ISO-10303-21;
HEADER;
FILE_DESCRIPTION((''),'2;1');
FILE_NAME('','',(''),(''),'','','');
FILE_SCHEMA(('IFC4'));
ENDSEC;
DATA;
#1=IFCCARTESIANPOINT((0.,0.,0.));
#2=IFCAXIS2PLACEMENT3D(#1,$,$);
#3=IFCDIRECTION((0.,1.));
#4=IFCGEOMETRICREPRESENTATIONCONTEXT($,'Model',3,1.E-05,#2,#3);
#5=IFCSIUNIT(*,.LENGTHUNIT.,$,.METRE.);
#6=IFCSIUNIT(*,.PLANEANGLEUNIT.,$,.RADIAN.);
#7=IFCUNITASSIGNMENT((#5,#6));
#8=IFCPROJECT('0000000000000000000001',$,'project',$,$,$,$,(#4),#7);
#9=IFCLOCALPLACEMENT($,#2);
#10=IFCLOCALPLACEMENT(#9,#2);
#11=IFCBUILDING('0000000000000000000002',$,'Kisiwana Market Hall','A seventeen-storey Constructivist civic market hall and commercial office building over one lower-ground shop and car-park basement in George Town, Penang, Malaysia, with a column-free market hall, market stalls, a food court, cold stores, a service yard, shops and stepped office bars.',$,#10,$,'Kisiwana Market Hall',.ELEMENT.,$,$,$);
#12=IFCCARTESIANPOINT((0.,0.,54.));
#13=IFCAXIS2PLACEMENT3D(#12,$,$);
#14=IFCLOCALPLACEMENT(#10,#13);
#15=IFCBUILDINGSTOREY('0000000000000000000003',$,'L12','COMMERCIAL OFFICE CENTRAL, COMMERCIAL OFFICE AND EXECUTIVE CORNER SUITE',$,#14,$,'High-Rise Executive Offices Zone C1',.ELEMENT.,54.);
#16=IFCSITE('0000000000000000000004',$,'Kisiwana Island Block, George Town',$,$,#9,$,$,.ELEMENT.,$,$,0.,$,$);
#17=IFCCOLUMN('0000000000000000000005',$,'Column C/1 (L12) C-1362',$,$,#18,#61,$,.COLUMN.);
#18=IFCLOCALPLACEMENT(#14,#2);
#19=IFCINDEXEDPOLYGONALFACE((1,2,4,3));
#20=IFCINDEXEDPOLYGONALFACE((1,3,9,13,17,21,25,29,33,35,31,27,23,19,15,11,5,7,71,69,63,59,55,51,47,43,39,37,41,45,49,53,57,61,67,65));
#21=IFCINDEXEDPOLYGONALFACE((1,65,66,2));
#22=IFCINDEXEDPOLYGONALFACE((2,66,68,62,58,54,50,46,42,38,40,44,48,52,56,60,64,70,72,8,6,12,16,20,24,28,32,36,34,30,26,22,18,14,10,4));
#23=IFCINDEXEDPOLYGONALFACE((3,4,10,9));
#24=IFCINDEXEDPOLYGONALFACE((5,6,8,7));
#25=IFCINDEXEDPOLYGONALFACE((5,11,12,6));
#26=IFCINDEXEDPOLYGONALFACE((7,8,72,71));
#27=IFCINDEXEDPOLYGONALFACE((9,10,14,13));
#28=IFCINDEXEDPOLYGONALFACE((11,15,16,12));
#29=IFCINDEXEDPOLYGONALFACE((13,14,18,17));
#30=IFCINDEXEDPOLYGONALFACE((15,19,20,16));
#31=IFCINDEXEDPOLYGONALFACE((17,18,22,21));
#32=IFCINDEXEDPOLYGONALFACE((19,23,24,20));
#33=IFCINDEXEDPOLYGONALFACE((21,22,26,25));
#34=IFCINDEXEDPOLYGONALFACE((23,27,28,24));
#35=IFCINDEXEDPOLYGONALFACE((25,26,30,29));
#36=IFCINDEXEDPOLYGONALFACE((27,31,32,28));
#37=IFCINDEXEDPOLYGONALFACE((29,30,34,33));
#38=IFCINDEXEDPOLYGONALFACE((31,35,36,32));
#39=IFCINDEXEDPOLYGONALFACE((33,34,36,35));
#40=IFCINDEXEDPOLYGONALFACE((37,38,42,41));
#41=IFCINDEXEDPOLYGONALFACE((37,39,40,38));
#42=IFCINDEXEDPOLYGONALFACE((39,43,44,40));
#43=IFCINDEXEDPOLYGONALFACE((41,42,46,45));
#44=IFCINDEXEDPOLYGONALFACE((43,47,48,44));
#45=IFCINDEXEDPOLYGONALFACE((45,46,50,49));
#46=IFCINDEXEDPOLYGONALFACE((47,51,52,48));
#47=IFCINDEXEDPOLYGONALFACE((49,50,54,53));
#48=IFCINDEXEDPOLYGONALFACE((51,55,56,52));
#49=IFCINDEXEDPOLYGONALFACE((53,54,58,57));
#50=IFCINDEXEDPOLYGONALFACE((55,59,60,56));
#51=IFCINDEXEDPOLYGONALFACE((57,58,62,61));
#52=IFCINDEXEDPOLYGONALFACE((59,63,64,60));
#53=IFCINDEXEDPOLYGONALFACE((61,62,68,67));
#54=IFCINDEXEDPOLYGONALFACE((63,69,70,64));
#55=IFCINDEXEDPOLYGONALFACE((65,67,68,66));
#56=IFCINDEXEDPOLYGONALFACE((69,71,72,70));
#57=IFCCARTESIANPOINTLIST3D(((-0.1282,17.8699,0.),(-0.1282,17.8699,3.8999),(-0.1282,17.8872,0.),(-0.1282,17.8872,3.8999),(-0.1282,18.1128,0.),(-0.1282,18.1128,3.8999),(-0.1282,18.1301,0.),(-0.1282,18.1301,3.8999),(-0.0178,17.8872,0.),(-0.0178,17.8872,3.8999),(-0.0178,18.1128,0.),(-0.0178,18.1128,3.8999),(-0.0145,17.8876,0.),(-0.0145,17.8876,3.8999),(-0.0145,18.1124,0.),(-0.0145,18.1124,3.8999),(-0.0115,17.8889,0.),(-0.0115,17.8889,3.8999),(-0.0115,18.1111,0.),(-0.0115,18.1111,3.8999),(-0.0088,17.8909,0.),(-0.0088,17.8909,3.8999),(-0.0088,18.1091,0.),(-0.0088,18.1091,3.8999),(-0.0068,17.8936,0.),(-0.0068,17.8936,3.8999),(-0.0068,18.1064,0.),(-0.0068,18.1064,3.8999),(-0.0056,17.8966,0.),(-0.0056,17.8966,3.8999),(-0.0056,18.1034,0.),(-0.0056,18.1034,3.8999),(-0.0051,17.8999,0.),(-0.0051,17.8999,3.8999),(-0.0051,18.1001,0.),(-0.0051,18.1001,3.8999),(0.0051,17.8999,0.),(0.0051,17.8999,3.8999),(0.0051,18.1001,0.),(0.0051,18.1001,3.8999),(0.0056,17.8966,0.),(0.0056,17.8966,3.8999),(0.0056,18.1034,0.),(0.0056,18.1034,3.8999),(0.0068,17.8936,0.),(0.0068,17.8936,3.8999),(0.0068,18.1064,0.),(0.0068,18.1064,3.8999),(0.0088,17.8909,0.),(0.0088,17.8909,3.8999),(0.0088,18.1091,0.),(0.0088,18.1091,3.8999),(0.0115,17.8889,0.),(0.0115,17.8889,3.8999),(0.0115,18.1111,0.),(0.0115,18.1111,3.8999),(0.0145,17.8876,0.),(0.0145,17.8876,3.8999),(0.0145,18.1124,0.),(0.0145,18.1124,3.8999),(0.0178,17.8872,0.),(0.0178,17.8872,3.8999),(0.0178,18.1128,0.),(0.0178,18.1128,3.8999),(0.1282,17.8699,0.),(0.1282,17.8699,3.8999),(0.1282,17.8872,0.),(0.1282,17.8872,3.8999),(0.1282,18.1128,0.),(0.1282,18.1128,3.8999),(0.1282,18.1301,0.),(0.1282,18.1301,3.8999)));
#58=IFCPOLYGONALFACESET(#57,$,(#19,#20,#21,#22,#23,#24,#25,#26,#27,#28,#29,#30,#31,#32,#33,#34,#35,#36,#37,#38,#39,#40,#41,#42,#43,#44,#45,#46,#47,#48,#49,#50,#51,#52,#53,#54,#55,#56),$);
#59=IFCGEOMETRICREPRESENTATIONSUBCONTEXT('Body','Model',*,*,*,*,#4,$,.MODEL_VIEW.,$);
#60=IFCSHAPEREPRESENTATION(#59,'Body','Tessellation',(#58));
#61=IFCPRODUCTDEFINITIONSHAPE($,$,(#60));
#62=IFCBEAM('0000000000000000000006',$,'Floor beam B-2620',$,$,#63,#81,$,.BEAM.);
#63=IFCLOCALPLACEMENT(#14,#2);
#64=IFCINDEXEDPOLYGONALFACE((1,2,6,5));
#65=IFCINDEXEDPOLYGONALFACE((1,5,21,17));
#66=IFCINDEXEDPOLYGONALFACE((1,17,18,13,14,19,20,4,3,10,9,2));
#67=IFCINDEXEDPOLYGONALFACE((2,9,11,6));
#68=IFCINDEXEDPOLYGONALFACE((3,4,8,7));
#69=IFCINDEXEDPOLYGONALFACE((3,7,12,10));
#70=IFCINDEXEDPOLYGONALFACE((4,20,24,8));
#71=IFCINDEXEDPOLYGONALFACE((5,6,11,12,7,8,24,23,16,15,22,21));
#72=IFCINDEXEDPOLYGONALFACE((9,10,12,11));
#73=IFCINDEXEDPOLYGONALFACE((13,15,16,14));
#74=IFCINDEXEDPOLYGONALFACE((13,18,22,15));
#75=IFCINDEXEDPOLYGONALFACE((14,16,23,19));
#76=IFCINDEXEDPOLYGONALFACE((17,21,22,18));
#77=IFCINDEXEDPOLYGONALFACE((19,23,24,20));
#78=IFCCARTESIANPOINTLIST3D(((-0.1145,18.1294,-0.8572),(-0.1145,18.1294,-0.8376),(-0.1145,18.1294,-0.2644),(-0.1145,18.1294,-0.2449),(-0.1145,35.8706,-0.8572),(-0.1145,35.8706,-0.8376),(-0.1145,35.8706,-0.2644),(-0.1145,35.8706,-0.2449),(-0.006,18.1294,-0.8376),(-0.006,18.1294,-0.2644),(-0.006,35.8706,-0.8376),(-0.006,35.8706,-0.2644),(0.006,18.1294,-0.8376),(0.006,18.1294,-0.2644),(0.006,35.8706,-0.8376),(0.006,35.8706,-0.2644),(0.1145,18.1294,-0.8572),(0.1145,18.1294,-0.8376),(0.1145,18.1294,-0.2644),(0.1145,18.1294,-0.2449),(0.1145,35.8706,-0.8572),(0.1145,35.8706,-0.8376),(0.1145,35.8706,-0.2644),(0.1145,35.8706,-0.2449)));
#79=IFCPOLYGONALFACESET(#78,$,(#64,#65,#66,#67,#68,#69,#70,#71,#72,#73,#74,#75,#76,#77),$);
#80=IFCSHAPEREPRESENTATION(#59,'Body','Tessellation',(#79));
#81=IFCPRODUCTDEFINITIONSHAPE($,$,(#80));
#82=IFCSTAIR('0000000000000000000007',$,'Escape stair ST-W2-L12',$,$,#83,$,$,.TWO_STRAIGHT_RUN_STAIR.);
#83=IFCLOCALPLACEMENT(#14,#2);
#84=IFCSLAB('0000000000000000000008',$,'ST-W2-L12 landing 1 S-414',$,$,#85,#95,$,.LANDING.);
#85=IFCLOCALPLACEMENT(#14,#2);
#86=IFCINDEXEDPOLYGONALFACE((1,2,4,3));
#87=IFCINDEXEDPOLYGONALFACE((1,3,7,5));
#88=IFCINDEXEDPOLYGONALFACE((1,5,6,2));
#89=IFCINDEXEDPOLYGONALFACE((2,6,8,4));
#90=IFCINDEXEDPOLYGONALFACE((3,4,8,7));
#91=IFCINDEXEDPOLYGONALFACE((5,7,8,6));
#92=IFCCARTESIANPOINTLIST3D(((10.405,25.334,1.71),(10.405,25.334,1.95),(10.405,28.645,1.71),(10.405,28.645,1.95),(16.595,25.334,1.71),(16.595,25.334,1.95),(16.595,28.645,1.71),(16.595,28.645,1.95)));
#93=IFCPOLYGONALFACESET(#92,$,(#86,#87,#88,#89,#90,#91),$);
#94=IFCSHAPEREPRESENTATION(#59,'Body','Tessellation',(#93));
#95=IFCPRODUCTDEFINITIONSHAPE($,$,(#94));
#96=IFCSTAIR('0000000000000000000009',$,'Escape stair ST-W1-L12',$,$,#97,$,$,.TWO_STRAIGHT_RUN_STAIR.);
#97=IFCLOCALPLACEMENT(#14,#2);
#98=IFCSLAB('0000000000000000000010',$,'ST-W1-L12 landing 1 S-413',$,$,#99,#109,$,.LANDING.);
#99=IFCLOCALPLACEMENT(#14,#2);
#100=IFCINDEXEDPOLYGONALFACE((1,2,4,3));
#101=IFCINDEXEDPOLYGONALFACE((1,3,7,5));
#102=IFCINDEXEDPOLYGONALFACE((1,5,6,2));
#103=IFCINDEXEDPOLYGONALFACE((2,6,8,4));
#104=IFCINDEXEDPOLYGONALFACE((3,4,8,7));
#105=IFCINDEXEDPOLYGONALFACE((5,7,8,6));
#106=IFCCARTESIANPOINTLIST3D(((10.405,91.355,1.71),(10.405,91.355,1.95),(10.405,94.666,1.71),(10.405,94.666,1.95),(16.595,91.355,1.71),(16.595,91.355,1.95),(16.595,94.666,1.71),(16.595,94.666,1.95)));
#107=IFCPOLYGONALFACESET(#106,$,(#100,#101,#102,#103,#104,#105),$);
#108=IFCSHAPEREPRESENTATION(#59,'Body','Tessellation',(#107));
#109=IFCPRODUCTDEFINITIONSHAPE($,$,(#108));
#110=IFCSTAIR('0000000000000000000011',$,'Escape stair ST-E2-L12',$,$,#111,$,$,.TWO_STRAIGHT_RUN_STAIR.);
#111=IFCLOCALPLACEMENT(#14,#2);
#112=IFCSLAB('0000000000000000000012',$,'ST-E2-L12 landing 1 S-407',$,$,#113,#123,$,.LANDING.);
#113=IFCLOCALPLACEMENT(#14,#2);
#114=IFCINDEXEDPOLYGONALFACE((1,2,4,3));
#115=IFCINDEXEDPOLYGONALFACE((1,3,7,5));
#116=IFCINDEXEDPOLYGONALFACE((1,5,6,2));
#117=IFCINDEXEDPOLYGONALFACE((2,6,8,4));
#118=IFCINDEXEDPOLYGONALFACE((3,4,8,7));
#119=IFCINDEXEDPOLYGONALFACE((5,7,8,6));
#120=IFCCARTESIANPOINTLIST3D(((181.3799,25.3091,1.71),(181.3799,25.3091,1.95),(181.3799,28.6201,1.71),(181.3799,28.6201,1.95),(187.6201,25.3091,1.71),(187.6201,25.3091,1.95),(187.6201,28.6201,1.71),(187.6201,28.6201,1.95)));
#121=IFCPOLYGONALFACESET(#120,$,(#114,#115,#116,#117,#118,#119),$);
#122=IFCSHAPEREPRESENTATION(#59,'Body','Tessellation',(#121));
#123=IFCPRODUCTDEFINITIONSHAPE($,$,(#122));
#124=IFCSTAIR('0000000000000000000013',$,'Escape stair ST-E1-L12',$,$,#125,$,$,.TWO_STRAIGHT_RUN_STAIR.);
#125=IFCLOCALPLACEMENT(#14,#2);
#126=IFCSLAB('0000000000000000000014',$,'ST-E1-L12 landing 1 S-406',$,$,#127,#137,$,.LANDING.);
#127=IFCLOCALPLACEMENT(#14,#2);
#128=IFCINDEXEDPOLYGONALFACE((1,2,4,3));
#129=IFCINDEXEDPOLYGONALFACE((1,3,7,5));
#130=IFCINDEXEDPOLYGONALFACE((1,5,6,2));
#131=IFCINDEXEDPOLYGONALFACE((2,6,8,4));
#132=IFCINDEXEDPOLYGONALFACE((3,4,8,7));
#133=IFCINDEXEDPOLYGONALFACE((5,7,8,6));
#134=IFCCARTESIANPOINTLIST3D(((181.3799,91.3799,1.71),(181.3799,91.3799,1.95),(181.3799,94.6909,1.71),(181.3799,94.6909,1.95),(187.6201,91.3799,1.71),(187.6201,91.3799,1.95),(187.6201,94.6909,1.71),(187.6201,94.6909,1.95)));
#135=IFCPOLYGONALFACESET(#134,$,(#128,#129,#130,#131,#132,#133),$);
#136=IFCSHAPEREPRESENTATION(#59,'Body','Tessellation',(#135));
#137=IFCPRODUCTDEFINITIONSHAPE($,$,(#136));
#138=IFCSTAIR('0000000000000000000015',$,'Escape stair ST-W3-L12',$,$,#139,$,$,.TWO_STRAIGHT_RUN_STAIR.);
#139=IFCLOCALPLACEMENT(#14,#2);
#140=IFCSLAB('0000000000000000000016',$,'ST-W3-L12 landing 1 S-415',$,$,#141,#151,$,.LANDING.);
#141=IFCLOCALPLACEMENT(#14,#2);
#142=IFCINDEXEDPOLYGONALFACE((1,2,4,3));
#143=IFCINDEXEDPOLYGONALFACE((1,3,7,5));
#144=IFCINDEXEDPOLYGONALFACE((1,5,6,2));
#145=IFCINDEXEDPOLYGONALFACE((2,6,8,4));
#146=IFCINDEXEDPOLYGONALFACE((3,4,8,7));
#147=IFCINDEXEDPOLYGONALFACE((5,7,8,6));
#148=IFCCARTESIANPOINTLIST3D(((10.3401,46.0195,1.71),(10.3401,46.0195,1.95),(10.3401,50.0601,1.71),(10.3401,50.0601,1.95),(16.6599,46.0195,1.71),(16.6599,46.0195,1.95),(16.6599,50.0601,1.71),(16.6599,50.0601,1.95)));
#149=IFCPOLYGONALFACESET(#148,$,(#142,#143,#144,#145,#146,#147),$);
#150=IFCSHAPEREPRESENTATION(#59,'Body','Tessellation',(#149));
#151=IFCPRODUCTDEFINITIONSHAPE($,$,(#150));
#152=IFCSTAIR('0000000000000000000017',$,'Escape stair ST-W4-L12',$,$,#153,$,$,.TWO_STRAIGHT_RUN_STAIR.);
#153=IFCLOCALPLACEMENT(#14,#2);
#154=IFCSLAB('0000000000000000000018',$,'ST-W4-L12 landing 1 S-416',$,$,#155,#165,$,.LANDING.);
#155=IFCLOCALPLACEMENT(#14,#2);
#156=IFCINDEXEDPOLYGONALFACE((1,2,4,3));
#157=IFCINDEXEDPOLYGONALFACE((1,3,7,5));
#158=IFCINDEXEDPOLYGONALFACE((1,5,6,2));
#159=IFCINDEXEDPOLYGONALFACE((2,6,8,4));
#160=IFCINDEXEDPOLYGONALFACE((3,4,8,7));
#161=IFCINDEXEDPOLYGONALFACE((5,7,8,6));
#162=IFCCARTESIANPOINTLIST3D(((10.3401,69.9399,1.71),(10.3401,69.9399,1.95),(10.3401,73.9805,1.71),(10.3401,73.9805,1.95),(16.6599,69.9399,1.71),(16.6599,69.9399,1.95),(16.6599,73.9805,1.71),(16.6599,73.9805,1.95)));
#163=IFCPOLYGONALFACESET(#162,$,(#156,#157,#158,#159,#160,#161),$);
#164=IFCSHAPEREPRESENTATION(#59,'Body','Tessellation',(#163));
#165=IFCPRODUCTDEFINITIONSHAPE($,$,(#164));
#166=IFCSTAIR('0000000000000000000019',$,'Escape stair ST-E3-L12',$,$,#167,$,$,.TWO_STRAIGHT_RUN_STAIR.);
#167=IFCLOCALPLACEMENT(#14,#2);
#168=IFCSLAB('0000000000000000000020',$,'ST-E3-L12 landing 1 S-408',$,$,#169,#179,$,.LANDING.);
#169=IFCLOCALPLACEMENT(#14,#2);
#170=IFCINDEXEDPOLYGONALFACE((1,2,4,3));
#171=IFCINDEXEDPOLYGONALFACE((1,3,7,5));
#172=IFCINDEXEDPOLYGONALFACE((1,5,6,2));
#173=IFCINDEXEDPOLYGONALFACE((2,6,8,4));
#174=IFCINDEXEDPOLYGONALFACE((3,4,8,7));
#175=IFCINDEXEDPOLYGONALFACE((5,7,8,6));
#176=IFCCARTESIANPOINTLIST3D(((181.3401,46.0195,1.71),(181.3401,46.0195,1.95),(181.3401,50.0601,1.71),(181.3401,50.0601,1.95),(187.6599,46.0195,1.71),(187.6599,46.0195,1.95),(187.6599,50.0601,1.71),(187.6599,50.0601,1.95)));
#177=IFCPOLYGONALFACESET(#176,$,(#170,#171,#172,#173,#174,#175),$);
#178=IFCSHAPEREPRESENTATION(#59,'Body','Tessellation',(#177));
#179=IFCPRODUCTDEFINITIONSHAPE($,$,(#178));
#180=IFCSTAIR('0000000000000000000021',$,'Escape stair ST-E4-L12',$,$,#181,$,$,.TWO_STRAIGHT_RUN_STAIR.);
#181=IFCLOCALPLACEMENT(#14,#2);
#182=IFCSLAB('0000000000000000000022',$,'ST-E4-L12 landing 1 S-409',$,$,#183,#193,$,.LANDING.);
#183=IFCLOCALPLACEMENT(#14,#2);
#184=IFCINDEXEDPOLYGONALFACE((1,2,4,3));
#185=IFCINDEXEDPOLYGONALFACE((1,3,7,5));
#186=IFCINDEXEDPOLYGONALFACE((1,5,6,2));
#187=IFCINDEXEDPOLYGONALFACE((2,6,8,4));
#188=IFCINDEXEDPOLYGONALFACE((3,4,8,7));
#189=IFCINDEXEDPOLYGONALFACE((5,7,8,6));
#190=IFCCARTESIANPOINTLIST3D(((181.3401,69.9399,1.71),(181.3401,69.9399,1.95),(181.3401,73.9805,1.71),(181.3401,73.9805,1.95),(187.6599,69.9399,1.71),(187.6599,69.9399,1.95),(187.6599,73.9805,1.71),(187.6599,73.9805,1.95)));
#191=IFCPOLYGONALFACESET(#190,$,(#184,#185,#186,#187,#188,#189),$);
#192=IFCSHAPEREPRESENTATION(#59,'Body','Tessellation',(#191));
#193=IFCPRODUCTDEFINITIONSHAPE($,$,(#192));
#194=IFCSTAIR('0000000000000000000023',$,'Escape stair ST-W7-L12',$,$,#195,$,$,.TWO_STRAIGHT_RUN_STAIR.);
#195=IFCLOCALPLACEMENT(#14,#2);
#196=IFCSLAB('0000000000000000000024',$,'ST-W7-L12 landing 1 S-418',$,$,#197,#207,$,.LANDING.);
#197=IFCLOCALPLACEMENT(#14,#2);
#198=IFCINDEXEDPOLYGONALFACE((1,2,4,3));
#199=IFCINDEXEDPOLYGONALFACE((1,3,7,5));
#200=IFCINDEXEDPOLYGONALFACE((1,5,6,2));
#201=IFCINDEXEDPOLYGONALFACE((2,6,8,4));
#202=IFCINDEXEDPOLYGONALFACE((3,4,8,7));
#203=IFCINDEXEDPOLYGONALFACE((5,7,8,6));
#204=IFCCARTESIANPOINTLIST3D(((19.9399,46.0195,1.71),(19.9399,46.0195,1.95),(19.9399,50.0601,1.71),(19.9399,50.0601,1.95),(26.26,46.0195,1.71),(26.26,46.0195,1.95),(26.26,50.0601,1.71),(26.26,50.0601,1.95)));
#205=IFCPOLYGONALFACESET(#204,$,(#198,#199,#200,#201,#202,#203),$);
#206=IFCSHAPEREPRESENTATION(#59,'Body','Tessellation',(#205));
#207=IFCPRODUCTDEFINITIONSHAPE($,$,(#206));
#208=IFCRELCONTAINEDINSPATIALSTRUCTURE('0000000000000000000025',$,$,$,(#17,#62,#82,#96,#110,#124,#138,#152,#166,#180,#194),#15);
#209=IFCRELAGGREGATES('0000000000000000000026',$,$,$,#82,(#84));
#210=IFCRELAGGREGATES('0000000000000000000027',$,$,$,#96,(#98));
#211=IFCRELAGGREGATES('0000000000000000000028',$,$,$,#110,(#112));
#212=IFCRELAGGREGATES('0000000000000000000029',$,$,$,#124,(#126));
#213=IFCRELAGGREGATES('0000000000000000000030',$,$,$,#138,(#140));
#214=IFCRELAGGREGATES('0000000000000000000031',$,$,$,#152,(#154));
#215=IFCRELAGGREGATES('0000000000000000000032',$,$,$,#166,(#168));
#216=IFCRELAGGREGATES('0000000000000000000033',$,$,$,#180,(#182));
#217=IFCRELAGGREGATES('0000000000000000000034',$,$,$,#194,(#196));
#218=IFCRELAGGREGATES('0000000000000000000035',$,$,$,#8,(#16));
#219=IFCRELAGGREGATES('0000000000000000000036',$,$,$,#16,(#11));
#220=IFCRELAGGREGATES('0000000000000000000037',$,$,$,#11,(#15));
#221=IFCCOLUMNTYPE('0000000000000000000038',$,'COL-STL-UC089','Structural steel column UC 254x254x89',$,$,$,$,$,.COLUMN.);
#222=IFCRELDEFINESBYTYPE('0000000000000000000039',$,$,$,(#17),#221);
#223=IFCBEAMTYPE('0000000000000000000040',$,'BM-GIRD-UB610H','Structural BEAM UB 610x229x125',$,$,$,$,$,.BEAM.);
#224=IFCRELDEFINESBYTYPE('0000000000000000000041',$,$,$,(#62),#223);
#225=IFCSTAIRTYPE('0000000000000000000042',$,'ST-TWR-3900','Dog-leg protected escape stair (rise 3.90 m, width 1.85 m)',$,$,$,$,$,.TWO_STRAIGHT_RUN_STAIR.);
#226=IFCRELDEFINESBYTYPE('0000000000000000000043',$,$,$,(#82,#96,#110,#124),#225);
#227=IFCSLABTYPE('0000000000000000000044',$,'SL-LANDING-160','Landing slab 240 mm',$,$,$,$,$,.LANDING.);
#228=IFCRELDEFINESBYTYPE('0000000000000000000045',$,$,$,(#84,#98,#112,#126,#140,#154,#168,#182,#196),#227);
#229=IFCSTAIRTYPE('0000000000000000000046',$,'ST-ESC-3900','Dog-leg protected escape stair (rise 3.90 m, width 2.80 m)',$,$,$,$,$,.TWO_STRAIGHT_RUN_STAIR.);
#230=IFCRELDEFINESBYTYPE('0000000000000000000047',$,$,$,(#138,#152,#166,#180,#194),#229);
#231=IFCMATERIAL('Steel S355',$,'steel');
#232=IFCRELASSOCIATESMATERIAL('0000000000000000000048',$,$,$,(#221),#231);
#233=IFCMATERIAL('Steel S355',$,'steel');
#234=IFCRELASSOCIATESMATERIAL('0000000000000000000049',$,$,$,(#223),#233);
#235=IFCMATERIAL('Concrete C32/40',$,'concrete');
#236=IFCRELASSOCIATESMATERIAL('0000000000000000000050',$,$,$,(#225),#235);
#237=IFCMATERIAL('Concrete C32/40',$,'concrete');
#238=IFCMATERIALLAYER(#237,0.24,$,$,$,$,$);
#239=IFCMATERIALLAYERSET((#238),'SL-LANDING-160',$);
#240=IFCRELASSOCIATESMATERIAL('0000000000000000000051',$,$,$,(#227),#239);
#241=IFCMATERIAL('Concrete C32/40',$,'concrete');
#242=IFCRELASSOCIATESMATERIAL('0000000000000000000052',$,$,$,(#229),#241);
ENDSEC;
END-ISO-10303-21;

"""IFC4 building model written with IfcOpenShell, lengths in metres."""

from ifc_helpers import new_model, si_unit, direction, frame, origin, origin_2d, place, context, subcontext, project, spatial, polyline, i_section, outline, extrude, material, layer, layer_set, material_profile, profile_set, type_object, element, aggregate, save


model = new_model("IFC4")

# Units and contexts
model_context = context("Model", 3, precision=1e-05, world=origin(), true_north=direction((0.0, 1.0)))
body_context = subcontext(model_context, "Body", "Model", "MODEL_VIEW")
ifc_project = project(units=[si_unit("LENGTHUNIT", "METRE"), si_unit("PLANEANGLEUNIT", "RADIAN")], contexts=[model_context])

# Site, building, storey
site_placement = place(None, origin())
site = spatial("IfcSite", under=ifc_project, at=site_placement, Name="Kisiwana Island Block, George Town", CompositionType="ELEMENT", RefElevation=0.0)
building_placement = place(site_placement, origin())
building = spatial("IfcBuilding", under=site, at=building_placement, Name="Kisiwana Market Hall", Description="A seventeen-storey Constructivist civic market hall and commercial office building over one lower-ground shop and car-park basement in George Town, Penang, Malaysia, with a column-free market hall, market stalls, a food court, cold stores, a service yard, shops and stepped office bars.", LongName="Kisiwana Market Hall", CompositionType="ELEMENT")
storey_placement = place(building_placement, frame((0.0, 0.0, 54.0)))
storey = spatial("IfcBuildingStorey", under=building, at=storey_placement, Name="L12", Description="COMMERCIAL OFFICE CENTRAL, COMMERCIAL OFFICE AND EXECUTIVE CORNER SUITE", LongName="High-Rise Executive Offices Zone C1", CompositionType="ELEMENT", Elevation=54.0)

# Column
ifc_material_1 = material(Name="Steel S355", Category="steel")
ifc_material_profile_1 = material_profile(ifc_material_1, i_section(OverallWidth=0.2563, OverallDepth=0.2603, WebThickness=0.0103, FlangeThickness=0.0173, FilletRadius=0.0127, at=origin_2d()), Name="UC 254x254x89")
ifc_profile_set_1 = profile_set([ifc_material_profile_1], Name="Steel S355")
column_type = type_object("IfcColumnType", Name="COL-STL-UC089", Description="Structural steel column UC 254x254x89", PredefinedType="COLUMN", material=ifc_profile_set_1)
column_placement = place(storey_placement, frame((0.0, 18.0, 0.0), z_axis=(0.0, 0.0, 1.0), x_axis=(1.0, 0.0, 0.0)))
element("IfcColumn", 1, at=column_placement, inside=storey, type_object=column_type, Name="Column C/1 (L12) C-1362", PredefinedType="COLUMN", context=body_context, shape_type="SweptSolid", body=[
    extrude(i_section(OverallWidth=0.2563, OverallDepth=0.2603, WebThickness=0.0103, FlangeThickness=0.0173, FilletRadius=0.0127, at=origin_2d()), origin(), (0.0, 0.0, 1.0), 3.8999),
])

# Beam
ifc_material_2 = material(Name="Steel S355", Category="steel")
ifc_material_profile_2 = material_profile(ifc_material_2, i_section(OverallWidth=0.229, OverallDepth=0.6123, WebThickness=0.012, FlangeThickness=0.0195, at=origin_2d()), Name="UB 610x229x125")
ifc_profile_set_2 = profile_set([ifc_material_profile_2], Name="Steel S355")
beam_type = type_object("IfcBeamType", Name="BM-GIRD-UB610H", Description="Structural BEAM UB 610x229x125", PredefinedType="BEAM", material=ifc_profile_set_2)
beam_placement = place(storey_placement, frame((0.0, 18.1294, -0.551), z_axis=(0.0, 1.0, 0.0), x_axis=(-1.0, 0.0, 0.0)))
element("IfcBeam", 2, at=beam_placement, inside=storey, type_object=beam_type, Name="Floor beam B-2620", PredefinedType="BEAM", context=body_context, shape_type="SweptSolid", body=[
    extrude(i_section(OverallWidth=0.229, OverallDepth=0.6123, WebThickness=0.012, FlangeThickness=0.0195, at=origin_2d()), origin(), (0.0, 0.0, 1.0), 17.7412),
])

# Stairs, slabs
ifc_material_3 = material(Name="Concrete C32/40", Category="concrete")
stair_type_1 = type_object("IfcStairType", Name="ST-TWR-3900", Description="Dog-leg protected escape stair (rise 3.90 m, width 1.85 m)", PredefinedType="TWO_STRAIGHT_RUN_STAIR", material=ifc_material_3)
stair_1_placement = place(storey_placement, origin())
stair_1 = element("IfcStair", 3, at=stair_1_placement, inside=storey, type_object=stair_type_1, Name="Escape stair ST-W2-L12", PredefinedType="TWO_STRAIGHT_RUN_STAIR")
ifc_material_4 = material(Name="Concrete C32/40", Category="concrete")
ifc_layer_1 = layer(ifc_material_4, 0.24)
ifc_layer_set_1 = layer_set([ifc_layer_1], Name="SL-LANDING-160")
slab_type_1 = type_object("IfcSlabType", Name="SL-LANDING-160", Description="Landing slab 240 mm", PredefinedType="LANDING", material=ifc_layer_set_1)
slab_1_placement = place(storey_placement, frame((0.0, 0.0, 1.71)))
slab_1 = element("IfcSlab", 4, at=slab_1_placement, type_object=slab_type_1, Name="ST-W2-L12 landing 1 S-414", PredefinedType="LANDING", context=body_context, shape_type="SweptSolid", body=[
    extrude(outline(polyline([(10.405, 25.334), (16.595, 25.334), (16.595, 28.645), (10.405, 28.645), (10.405, 25.334)])), origin(), (0.0, 0.0, 1.0), 0.24),
])
aggregate(stair_1, [slab_1])
stair_2_placement = place(storey_placement, origin())
stair_2 = element("IfcStair", 5, at=stair_2_placement, inside=storey, type_object=stair_type_1, Name="Escape stair ST-W1-L12", PredefinedType="TWO_STRAIGHT_RUN_STAIR")
slab_2_placement = place(storey_placement, frame((0.0, 0.0, 1.71)))
slab_2 = element("IfcSlab", 6, at=slab_2_placement, type_object=slab_type_1, Name="ST-W1-L12 landing 1 S-413", PredefinedType="LANDING", context=body_context, shape_type="SweptSolid", body=[
    extrude(outline(polyline([(10.405, 91.355), (16.595, 91.355), (16.595, 94.666), (10.405, 94.666), (10.405, 91.355)])), origin(), (0.0, 0.0, 1.0), 0.24),
])
aggregate(stair_2, [slab_2])
stair_3_placement = place(storey_placement, origin())
stair_3 = element("IfcStair", 7, at=stair_3_placement, inside=storey, type_object=stair_type_1, Name="Escape stair ST-E2-L12", PredefinedType="TWO_STRAIGHT_RUN_STAIR")
slab_3_placement = place(storey_placement, frame((0.0, 0.0, 1.71)))
slab_3 = element("IfcSlab", 8, at=slab_3_placement, type_object=slab_type_1, Name="ST-E2-L12 landing 1 S-407", PredefinedType="LANDING", context=body_context, shape_type="SweptSolid", body=[
    extrude(outline(polyline([(181.3799, 25.3091), (187.6201, 25.3091), (187.6201, 28.6201), (181.3799, 28.6201), (181.3799, 25.3091)])), origin(), (0.0, 0.0, 1.0), 0.24),
])
aggregate(stair_3, [slab_3])
stair_4_placement = place(storey_placement, origin())
stair_4 = element("IfcStair", 9, at=stair_4_placement, inside=storey, type_object=stair_type_1, Name="Escape stair ST-E1-L12", PredefinedType="TWO_STRAIGHT_RUN_STAIR")
slab_4_placement = place(storey_placement, frame((0.0, 0.0, 1.71)))
slab_4 = element("IfcSlab", 10, at=slab_4_placement, type_object=slab_type_1, Name="ST-E1-L12 landing 1 S-406", PredefinedType="LANDING", context=body_context, shape_type="SweptSolid", body=[
    extrude(outline(polyline([(181.3799, 91.3799), (187.6201, 91.3799), (187.6201, 94.6909), (181.3799, 94.6909), (181.3799, 91.3799)])), origin(), (0.0, 0.0, 1.0), 0.24),
])
aggregate(stair_4, [slab_4])
ifc_material_5 = material(Name="Concrete C32/40", Category="concrete")
stair_type_2 = type_object("IfcStairType", Name="ST-ESC-3900", Description="Dog-leg protected escape stair (rise 3.90 m, width 2.80 m)", PredefinedType="TWO_STRAIGHT_RUN_STAIR", material=ifc_material_5)
stair_5_placement = place(storey_placement, origin())
stair_5 = element("IfcStair", 11, at=stair_5_placement, inside=storey, type_object=stair_type_2, Name="Escape stair ST-W3-L12", PredefinedType="TWO_STRAIGHT_RUN_STAIR")
slab_5_placement = place(storey_placement, frame((0.0, 0.0, 1.71)))
slab_5 = element("IfcSlab", 12, at=slab_5_placement, type_object=slab_type_1, Name="ST-W3-L12 landing 1 S-415", PredefinedType="LANDING", context=body_context, shape_type="SweptSolid", body=[
    extrude(outline(polyline([(10.3401, 46.0195), (16.6599, 46.0195), (16.6599, 50.0601), (10.3401, 50.0601), (10.3401, 46.0195)])), origin(), (0.0, 0.0, 1.0), 0.24),
])
aggregate(stair_5, [slab_5])
stair_6_placement = place(storey_placement, origin())
stair_6 = element("IfcStair", 13, at=stair_6_placement, inside=storey, type_object=stair_type_2, Name="Escape stair ST-W4-L12", PredefinedType="TWO_STRAIGHT_RUN_STAIR")
slab_6_placement = place(storey_placement, frame((0.0, 0.0, 1.71)))
slab_6 = element("IfcSlab", 14, at=slab_6_placement, type_object=slab_type_1, Name="ST-W4-L12 landing 1 S-416", PredefinedType="LANDING", context=body_context, shape_type="SweptSolid", body=[
    extrude(outline(polyline([(10.3401, 69.9399), (16.6599, 69.9399), (16.6599, 73.9805), (10.3401, 73.9805), (10.3401, 69.9399)])), origin(), (0.0, 0.0, 1.0), 0.24),
])
aggregate(stair_6, [slab_6])
stair_7_placement = place(storey_placement, origin())
stair_7 = element("IfcStair", 15, at=stair_7_placement, inside=storey, type_object=stair_type_2, Name="Escape stair ST-E3-L12", PredefinedType="TWO_STRAIGHT_RUN_STAIR")
slab_7_placement = place(storey_placement, frame((0.0, 0.0, 1.71)))
slab_7 = element("IfcSlab", 16, at=slab_7_placement, type_object=slab_type_1, Name="ST-E3-L12 landing 1 S-408", PredefinedType="LANDING", context=body_context, shape_type="SweptSolid", body=[
    extrude(outline(polyline([(181.3401, 46.0195), (187.6599, 46.0195), (187.6599, 50.0601), (181.3401, 50.0601), (181.3401, 46.0195)])), origin(), (0.0, 0.0, 1.0), 0.24),
])
aggregate(stair_7, [slab_7])
stair_8_placement = place(storey_placement, origin())
stair_8 = element("IfcStair", 17, at=stair_8_placement, inside=storey, type_object=stair_type_2, Name="Escape stair ST-E4-L12", PredefinedType="TWO_STRAIGHT_RUN_STAIR")
slab_8_placement = place(storey_placement, frame((0.0, 0.0, 1.71)))
slab_8 = element("IfcSlab", 18, at=slab_8_placement, type_object=slab_type_1, Name="ST-E4-L12 landing 1 S-409", PredefinedType="LANDING", context=body_context, shape_type="SweptSolid", body=[
    extrude(outline(polyline([(181.3401, 69.9399), (187.6599, 69.9399), (187.6599, 73.9805), (181.3401, 73.9805), (181.3401, 69.9399)])), origin(), (0.0, 0.0, 1.0), 0.24),
])
aggregate(stair_8, [slab_8])
stair_9_placement = place(storey_placement, origin())
stair_9 = element("IfcStair", 19, at=stair_9_placement, inside=storey, type_object=stair_type_2, Name="Escape stair ST-W7-L12", PredefinedType="TWO_STRAIGHT_RUN_STAIR")
slab_9_placement = place(storey_placement, frame((0.0, 0.0, 1.71)))
slab_9 = element("IfcSlab", 20, at=slab_9_placement, type_object=slab_type_1, Name="ST-W7-L12 landing 1 S-418", PredefinedType="LANDING", context=body_context, shape_type="SweptSolid", body=[
    extrude(outline(polyline([(19.9399, 46.0195), (26.26, 46.0195), (26.26, 50.0601), (19.9399, 50.0601), (19.9399, 46.0195)])), origin(), (0.0, 0.0, 1.0), 0.24),
])
aggregate(stair_9, [slab_9])

save(model, "model.ifc")
